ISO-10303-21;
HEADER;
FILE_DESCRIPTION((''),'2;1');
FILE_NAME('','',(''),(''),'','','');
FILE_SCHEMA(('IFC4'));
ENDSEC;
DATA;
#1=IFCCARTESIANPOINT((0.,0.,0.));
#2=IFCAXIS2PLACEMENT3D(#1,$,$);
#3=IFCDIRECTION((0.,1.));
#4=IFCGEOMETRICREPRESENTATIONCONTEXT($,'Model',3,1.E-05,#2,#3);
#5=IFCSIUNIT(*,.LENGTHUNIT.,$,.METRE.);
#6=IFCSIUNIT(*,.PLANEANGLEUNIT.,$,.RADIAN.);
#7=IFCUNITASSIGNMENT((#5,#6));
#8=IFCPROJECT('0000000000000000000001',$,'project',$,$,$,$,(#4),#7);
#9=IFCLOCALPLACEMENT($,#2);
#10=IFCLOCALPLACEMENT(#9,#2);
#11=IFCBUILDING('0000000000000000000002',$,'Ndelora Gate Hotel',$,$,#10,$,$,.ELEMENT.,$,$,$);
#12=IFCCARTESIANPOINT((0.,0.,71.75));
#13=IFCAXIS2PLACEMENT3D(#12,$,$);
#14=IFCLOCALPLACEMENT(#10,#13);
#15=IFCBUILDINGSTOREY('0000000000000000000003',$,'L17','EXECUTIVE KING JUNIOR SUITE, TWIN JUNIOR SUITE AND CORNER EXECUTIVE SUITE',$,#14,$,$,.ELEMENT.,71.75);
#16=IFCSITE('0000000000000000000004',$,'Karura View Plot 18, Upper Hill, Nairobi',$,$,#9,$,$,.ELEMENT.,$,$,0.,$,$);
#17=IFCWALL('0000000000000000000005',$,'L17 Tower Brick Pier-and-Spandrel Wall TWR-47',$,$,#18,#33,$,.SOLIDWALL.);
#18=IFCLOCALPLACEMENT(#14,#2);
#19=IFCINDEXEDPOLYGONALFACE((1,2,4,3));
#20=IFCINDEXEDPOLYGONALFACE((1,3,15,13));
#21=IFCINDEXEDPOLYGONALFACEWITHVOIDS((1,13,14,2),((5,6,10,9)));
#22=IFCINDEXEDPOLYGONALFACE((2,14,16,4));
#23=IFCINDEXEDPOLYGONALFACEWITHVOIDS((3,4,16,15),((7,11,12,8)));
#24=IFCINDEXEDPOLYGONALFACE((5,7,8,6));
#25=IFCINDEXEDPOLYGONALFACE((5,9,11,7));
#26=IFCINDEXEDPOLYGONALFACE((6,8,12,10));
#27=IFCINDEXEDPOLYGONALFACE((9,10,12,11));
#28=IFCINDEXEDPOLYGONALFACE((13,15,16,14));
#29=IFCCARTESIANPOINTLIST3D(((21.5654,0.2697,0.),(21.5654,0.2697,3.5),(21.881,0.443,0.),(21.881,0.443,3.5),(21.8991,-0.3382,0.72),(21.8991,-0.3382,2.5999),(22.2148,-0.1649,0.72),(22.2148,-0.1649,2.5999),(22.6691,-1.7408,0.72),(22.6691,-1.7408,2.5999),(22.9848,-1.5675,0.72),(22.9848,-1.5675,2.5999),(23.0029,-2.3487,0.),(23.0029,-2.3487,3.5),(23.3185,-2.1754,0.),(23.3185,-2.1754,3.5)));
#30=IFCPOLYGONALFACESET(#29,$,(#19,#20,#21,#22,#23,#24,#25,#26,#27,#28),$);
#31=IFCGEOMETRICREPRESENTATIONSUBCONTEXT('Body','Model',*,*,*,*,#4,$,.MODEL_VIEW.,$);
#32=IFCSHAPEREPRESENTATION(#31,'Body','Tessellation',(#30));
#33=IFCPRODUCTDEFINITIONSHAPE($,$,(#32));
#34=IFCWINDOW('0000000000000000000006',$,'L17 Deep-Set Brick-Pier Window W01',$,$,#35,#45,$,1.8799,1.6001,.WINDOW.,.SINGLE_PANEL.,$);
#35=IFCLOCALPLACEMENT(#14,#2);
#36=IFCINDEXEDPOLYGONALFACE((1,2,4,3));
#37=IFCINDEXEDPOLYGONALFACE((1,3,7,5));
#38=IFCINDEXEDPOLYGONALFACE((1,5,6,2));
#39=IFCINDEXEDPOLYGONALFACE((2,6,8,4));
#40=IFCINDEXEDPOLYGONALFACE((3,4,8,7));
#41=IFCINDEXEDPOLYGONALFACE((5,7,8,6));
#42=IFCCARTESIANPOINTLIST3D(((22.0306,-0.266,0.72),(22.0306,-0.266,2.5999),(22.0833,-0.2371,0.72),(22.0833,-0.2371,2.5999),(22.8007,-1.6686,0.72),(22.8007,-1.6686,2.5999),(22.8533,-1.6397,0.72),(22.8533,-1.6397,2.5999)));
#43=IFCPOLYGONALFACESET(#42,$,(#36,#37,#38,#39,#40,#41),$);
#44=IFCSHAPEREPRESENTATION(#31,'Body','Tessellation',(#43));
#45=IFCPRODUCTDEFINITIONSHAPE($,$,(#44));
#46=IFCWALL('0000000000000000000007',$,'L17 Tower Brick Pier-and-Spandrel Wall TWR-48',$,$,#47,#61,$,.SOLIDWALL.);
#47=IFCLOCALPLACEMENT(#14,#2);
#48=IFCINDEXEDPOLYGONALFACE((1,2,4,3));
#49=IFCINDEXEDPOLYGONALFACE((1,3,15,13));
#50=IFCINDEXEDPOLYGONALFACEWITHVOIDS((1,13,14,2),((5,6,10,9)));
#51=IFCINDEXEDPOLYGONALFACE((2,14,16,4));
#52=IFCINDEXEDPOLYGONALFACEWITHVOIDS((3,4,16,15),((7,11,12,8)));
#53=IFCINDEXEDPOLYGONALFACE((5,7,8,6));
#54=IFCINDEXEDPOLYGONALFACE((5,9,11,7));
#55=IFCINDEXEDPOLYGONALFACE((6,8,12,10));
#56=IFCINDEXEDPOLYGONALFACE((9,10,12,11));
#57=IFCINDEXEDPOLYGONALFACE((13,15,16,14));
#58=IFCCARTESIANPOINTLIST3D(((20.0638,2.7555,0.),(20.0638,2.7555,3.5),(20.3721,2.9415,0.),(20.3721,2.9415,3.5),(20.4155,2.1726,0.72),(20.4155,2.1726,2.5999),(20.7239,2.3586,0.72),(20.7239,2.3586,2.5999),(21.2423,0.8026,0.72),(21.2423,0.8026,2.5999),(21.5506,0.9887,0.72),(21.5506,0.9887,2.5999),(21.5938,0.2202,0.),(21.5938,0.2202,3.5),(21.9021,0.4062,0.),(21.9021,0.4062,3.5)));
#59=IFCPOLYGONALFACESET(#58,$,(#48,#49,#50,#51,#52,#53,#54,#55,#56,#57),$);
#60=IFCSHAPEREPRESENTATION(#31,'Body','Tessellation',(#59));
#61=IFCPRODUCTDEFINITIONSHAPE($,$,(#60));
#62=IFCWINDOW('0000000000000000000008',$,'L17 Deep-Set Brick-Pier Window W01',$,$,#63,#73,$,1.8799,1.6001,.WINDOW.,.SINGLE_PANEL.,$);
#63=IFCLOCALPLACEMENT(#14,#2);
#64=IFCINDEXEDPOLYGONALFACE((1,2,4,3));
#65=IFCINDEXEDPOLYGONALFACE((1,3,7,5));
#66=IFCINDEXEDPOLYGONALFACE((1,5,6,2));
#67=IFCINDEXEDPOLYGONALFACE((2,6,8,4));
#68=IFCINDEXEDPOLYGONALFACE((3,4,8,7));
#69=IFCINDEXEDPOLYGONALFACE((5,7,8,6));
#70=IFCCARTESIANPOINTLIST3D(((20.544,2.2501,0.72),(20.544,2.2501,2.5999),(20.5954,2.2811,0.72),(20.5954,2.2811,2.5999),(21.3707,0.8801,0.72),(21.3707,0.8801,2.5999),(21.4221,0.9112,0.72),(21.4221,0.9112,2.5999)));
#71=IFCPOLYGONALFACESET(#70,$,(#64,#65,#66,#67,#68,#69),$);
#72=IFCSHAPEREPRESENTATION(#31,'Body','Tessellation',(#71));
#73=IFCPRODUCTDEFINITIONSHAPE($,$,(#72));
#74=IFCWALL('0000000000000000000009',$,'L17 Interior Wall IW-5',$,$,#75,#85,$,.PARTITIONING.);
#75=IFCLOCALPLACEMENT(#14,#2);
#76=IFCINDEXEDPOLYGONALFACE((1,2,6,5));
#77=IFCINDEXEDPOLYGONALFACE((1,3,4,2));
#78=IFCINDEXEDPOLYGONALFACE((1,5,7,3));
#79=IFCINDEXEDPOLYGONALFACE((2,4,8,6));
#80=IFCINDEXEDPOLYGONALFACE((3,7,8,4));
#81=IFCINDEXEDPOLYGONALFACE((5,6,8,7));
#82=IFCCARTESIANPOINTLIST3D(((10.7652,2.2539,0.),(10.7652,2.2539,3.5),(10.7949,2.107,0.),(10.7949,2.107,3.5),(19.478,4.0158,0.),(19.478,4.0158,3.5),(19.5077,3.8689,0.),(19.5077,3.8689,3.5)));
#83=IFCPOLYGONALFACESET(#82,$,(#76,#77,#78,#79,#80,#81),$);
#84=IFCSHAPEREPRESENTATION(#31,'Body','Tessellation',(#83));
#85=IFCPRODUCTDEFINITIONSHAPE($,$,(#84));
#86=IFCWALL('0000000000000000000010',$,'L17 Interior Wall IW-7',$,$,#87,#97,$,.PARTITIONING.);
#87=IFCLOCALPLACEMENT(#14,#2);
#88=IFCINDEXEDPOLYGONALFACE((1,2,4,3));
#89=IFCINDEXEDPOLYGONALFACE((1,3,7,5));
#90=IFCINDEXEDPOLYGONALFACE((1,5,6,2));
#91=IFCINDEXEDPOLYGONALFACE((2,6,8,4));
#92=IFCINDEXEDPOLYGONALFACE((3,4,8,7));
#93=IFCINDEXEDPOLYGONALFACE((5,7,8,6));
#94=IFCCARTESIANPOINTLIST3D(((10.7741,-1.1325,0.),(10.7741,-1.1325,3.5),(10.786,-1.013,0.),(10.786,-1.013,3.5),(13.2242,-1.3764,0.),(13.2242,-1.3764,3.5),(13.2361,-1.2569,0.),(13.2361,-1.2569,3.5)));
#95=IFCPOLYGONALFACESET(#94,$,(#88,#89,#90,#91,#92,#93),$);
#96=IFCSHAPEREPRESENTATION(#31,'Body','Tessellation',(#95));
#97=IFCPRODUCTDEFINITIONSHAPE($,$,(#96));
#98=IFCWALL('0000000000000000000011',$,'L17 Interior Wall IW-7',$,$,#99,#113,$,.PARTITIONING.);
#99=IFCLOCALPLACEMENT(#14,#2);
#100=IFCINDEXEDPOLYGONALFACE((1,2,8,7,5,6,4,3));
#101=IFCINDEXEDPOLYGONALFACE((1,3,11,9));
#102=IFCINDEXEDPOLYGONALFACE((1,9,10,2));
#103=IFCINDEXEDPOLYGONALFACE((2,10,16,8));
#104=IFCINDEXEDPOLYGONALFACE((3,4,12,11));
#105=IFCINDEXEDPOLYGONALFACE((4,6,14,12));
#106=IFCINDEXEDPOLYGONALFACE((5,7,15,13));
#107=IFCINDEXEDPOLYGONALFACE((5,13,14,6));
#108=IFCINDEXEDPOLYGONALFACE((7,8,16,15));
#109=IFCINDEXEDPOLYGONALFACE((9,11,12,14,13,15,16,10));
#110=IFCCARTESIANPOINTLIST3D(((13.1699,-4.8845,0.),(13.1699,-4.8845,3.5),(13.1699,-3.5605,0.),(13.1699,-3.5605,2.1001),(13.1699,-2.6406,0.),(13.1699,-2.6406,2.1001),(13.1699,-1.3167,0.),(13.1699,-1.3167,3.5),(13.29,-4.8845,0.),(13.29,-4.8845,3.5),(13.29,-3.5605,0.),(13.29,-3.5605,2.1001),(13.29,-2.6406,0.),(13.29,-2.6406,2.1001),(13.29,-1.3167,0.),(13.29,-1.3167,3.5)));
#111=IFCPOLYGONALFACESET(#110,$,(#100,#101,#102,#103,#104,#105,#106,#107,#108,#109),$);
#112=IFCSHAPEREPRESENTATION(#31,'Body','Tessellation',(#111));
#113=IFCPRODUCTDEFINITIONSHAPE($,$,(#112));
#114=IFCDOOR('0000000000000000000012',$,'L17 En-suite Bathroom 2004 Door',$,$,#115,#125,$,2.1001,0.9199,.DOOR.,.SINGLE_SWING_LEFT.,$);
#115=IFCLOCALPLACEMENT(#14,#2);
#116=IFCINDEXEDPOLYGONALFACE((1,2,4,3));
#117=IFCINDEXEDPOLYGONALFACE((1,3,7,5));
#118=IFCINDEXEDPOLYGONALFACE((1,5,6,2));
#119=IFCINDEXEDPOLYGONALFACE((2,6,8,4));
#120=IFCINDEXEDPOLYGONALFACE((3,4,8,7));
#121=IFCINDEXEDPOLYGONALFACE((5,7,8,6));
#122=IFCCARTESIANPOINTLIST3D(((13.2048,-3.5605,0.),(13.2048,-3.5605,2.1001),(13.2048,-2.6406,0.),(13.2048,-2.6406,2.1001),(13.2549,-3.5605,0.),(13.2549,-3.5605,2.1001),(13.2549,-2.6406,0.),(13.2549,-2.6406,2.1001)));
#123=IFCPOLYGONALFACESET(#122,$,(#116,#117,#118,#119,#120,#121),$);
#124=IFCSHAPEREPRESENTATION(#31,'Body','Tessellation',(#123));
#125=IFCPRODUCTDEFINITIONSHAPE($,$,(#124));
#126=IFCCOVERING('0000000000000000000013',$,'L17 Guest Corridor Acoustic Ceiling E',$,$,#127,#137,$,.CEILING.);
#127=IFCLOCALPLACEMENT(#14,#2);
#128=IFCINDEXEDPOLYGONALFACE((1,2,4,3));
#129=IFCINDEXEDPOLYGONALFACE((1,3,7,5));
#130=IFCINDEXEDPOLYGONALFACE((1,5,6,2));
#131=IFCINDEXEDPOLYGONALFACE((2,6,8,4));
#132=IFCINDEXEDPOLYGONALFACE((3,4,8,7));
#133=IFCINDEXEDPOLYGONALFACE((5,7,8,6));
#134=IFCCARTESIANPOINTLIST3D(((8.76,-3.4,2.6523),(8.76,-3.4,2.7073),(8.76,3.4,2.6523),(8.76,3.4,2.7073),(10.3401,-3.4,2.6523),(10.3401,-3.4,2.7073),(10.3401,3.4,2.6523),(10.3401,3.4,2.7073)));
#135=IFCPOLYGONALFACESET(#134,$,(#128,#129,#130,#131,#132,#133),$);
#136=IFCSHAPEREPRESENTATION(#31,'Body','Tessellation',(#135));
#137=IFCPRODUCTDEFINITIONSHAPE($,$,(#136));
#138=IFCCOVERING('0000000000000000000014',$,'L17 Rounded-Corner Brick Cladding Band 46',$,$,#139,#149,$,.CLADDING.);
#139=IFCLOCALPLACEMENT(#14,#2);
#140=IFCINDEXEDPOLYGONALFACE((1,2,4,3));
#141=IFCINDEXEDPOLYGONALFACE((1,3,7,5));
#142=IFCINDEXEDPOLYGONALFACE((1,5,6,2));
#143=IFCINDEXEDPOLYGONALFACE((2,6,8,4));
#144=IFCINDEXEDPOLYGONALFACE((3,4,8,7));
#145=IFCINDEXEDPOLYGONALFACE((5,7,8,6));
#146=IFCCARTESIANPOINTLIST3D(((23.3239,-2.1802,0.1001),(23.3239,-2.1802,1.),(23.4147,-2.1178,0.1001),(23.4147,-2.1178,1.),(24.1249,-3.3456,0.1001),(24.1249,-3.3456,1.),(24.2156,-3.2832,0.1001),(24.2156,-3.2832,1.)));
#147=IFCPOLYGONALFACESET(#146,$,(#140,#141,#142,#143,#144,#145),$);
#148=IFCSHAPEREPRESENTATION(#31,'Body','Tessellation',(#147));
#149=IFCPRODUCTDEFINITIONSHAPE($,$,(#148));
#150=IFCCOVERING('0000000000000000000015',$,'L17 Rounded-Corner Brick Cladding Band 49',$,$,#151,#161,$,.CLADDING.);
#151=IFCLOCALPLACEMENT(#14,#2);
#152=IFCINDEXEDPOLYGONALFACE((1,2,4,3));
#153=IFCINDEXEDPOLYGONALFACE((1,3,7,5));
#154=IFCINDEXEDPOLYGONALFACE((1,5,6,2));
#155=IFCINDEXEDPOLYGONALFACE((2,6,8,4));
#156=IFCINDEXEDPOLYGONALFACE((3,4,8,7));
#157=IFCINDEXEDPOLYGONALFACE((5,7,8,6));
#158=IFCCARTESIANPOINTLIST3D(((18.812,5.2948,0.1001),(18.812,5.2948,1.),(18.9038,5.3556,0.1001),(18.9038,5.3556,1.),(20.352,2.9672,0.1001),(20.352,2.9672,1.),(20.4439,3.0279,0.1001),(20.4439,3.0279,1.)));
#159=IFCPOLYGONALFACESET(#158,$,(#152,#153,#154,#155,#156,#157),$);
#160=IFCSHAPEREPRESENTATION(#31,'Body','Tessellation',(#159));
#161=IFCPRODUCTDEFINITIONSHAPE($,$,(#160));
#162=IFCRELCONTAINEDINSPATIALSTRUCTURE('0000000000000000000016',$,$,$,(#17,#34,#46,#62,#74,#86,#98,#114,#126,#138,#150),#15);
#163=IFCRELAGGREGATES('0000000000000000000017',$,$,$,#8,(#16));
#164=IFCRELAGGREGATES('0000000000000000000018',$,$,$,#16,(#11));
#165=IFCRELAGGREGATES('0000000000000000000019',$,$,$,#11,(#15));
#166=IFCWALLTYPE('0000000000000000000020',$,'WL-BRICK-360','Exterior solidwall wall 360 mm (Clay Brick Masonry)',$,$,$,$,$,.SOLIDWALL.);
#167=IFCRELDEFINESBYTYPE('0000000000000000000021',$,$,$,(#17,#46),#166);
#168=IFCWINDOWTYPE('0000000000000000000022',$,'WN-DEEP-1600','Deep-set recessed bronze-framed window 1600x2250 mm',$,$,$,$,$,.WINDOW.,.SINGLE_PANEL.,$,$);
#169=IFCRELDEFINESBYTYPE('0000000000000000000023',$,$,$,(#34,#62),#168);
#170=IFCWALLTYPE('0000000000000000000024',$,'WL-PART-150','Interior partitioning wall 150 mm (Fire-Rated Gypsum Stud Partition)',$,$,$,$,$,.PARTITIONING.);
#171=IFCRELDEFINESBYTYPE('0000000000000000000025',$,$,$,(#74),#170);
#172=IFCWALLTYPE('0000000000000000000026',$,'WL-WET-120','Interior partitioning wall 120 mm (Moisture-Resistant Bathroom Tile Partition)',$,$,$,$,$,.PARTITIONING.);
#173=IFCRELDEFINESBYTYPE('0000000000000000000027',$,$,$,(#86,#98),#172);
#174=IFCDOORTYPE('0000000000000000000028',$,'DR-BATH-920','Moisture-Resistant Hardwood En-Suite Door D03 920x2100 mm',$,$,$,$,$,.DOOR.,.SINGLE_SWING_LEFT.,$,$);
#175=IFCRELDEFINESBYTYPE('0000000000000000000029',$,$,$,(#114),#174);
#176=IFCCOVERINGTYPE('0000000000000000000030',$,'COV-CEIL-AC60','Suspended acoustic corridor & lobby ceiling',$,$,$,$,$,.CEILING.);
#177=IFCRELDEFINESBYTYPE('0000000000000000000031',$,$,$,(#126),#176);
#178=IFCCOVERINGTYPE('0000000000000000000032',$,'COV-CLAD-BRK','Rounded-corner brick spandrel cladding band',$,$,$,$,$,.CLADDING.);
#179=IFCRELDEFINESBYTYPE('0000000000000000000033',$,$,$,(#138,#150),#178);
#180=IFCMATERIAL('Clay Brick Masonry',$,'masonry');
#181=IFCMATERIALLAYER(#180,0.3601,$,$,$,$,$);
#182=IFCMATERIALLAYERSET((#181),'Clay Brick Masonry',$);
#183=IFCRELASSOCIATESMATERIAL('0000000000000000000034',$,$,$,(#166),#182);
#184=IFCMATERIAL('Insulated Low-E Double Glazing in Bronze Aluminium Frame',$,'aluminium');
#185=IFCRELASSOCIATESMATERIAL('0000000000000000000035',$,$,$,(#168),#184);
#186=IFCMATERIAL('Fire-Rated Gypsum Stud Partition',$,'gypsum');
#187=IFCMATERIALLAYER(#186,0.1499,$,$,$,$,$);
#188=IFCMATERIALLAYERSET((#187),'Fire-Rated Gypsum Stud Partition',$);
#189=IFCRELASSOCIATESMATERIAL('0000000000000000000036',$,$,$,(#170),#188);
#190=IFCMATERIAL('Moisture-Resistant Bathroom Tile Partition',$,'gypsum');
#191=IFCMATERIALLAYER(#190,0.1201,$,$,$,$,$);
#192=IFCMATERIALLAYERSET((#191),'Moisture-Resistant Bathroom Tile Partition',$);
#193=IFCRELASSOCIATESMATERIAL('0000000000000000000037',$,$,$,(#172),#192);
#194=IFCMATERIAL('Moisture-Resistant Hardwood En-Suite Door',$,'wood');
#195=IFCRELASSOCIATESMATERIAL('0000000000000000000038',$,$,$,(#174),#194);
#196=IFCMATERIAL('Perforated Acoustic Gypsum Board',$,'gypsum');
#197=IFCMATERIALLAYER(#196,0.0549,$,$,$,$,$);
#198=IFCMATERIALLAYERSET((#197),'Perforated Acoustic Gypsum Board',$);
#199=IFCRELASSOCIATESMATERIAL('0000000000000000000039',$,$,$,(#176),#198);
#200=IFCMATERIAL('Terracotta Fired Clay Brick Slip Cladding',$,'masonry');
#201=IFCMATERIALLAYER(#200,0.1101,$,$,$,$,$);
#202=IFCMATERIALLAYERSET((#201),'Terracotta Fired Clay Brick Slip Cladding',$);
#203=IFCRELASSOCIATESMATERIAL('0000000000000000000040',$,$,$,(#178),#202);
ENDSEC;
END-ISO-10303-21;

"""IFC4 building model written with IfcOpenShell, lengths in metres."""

from ifc_helpers import new_model, si_unit, direction, frame, frame_2d, origin, origin_2d, place, context, subcontext, project, spatial, rectangle, extrude, material, layer, layer_set, type_object, element, fill, save


model = new_model("IFC4")

# Units and contexts
model_context = context("Model", 3, precision=1e-05, world=origin(), true_north=direction((0.0, 1.0)))
body_context = subcontext(model_context, "Body", "Model", "MODEL_VIEW")
ifc_project = project(units=[si_unit("LENGTHUNIT", "METRE"), si_unit("PLANEANGLEUNIT", "RADIAN")], contexts=[model_context])

# Site, building, storey
site_placement = place(None, origin())
site = spatial("IfcSite", under=ifc_project, at=site_placement, Name="Karura View Plot 18, Upper Hill, Nairobi", CompositionType="ELEMENT", RefElevation=0.0)
building_placement = place(site_placement, origin())
building = spatial("IfcBuilding", under=site, at=building_placement, Name="Ndelora Gate Hotel", CompositionType="ELEMENT")
storey_placement = place(building_placement, frame((0.0, 0.0, 71.75)))
storey = spatial("IfcBuildingStorey", under=building, at=storey_placement, Name="L17", Description="EXECUTIVE KING JUNIOR SUITE, TWIN JUNIOR SUITE AND CORNER EXECUTIVE SUITE", CompositionType="ELEMENT", Elevation=71.75)

# Shared definitions
ifc_material_1 = material(Name="Clay Brick Masonry", Category="masonry")
ifc_layer_1 = layer(ifc_material_1, 0.3601)
ifc_layer_set_1 = layer_set([ifc_layer_1], Name="Clay Brick Masonry")
wall_type_1 = type_object("IfcWallType", Name="WL-BRICK-360", Description="Exterior solidwall wall 360 mm (Clay Brick Masonry)", PredefinedType="SOLIDWALL", material=ifc_layer_set_1)

# Walls, openings, windows
wall_1_placement = place(storey_placement, frame((21.7231, 0.3564, 0.0), z_axis=(0.0, 0.0, 1.0), x_axis=(0.481244, -0.876587, 0.0)))
wall_1 = element("IfcWall", 1, at=wall_1_placement, inside=storey, type_object=wall_type_1, Name="L17 Tower Brick Pier-and-Spandrel Wall TWR-47", PredefinedType="SOLIDWALL", context=body_context, shape_type="SweptSolid", body=[
    extrude(rectangle(XDim=2.9871, YDim=0.3601, at=frame_2d((1.4937, 0.0))), origin(), (0.0, 0.0, 1.0), 3.5),
])
opening_1_placement = place(wall_1_placement, frame((0.6936, 0.0, 0.72)))
opening_1 = element("IfcOpeningElement", 2, at=opening_1_placement, cuts=wall_1, PredefinedType="OPENING", context=body_context, shape_type="SweptSolid", body=[
    extrude(rectangle(XDim=1.6001, YDim=1.8799, at=frame_2d((0.8, 0.9399))), frame((0.0, 0.1899, 0.0), z_axis=(0.0, -1.0, 0.0), x_axis=(1.0, 0.0, 0.0)), (0.0, 0.0, 1.0), 0.3801),
])
ifc_material_2 = material(Name="Insulated Low-E Double Glazing in Bronze Aluminium Frame", Category="aluminium")
window_type = type_object("IfcWindowType", Name="WN-DEEP-1600", Description="Deep-set recessed bronze-framed window 1600x2250 mm", PartitioningType="SINGLE_PANEL", PredefinedType="WINDOW", material=ifc_material_2)
window_1_placement = place(opening_1_placement, origin())
window_1 = element("IfcWindow", 3, at=window_1_placement, inside=storey, type_object=window_type, Name="L17 Deep-Set Brick-Pier Window W01", OverallHeight=1.8799, OverallWidth=1.6001, PartitioningType="SINGLE_PANEL", PredefinedType="WINDOW", context=body_context, shape_type="SweptSolid", body=[
    extrude(rectangle(XDim=1.6001, YDim=1.8799, at=frame_2d((0.8, 0.9399))), frame((0.0, 0.03, 0.0), z_axis=(0.0, -1.0, 0.0), x_axis=(1.0, 0.0, 0.0)), (0.0, 0.0, 1.0), 0.0601),
])
fill(opening_1, window_1)
wall_2_placement = place(storey_placement, frame((20.218, 2.8484, 0.0), z_axis=(0.0, 0.0, 1.0), x_axis=(0.516676, -0.856181, 0.0)))
wall_2 = element("IfcWall", 4, at=wall_2_placement, inside=storey, type_object=wall_type_1, Name="L17 Tower Brick Pier-and-Spandrel Wall TWR-48", PredefinedType="SOLIDWALL", context=body_context, shape_type="SweptSolid", body=[
    extrude(rectangle(XDim=2.9612, YDim=0.3601, at=frame_2d((1.4805, 0.0))), origin(), (0.0, 0.0, 1.0), 3.5),
])
opening_2_placement = place(wall_2_placement, frame((0.6807, 0.0, 0.72)))
opening_2 = element("IfcOpeningElement", 5, at=opening_2_placement, cuts=wall_2, PredefinedType="OPENING", context=body_context, shape_type="SweptSolid", body=[
    extrude(rectangle(XDim=1.6001, YDim=1.8799, at=frame_2d((0.8, 0.9399))), frame((0.0, 0.1899, 0.0), z_axis=(0.0, -1.0, 0.0), x_axis=(1.0, 0.0, 0.0)), (0.0, 0.0, 1.0), 0.3801),
])
window_2_placement = place(opening_2_placement, origin())
window_2 = element("IfcWindow", 6, at=window_2_placement, inside=storey, type_object=window_type, Name="L17 Deep-Set Brick-Pier Window W01", OverallHeight=1.8799, OverallWidth=1.6001, PartitioningType="SINGLE_PANEL", PredefinedType="WINDOW", context=body_context, shape_type="SweptSolid", body=[
    extrude(rectangle(XDim=1.6001, YDim=1.8799, at=frame_2d((0.8, 0.9399))), frame((0.0, 0.03, 0.0), z_axis=(0.0, -1.0, 0.0), x_axis=(1.0, 0.0, 0.0)), (0.0, 0.0, 1.0), 0.0601),
])
fill(opening_2, window_2)

# Walls
ifc_material_3 = material(Name="Fire-Rated Gypsum Stud Partition", Category="gypsum")
ifc_layer_2 = layer(ifc_material_3, 0.1499)
ifc_layer_set_2 = layer_set([ifc_layer_2], Name="Fire-Rated Gypsum Stud Partition")
wall_type_2 = type_object("IfcWallType", Name="WL-PART-150", Description="Interior partitioning wall 150 mm (Fire-Rated Gypsum Stud Partition)", PredefinedType="PARTITIONING", material=ifc_layer_set_2)
wall_3_placement = place(storey_placement, frame((10.78, 2.1804, 0.0), z_axis=(0.0, 0.0, 1.0), x_axis=(0.980159, 0.198213, 0.0)))
element("IfcWall", 7, at=wall_3_placement, inside=storey, type_object=wall_type_2, Name="L17 Interior Wall IW-5", PredefinedType="PARTITIONING", context=body_context, shape_type="SweptSolid", body=[
    extrude(rectangle(XDim=8.8892, YDim=0.1499, at=frame_2d((4.4446, 0.0))), origin(), (0.0, 0.0, 1.0), 3.5),
])
ifc_material_4 = material(Name="Moisture-Resistant Bathroom Tile Partition", Category="gypsum")
ifc_layer_3 = layer(ifc_material_4, 0.1201)
ifc_layer_set_3 = layer_set([ifc_layer_3], Name="Moisture-Resistant Bathroom Tile Partition")
wall_type_3 = type_object("IfcWallType", Name="WL-WET-120", Description="Interior partitioning wall 120 mm (Moisture-Resistant Bathroom Tile Partition)", PredefinedType="PARTITIONING", material=ifc_layer_set_3)
wall_4_placement = place(storey_placement, frame((13.23, -1.3167, 0.0), z_axis=(0.0, 0.0, 1.0), x_axis=(-0.995081, 0.099062, 0.0)))
element("IfcWall", 8, at=wall_4_placement, inside=storey, type_object=wall_type_3, Name="L17 Interior Wall IW-7", PredefinedType="PARTITIONING", context=body_context, shape_type="SweptSolid", body=[
    extrude(rectangle(XDim=2.4622, YDim=0.1201, at=frame_2d((1.231, 0.0))), origin(), (0.0, 0.0, 1.0), 3.5),
])

# Wall, opening, door
wall_5_placement = place(storey_placement, frame((13.23, -1.3167, 0.0), z_axis=(0.0, 0.0, 1.0), x_axis=(0.0, -1.0, 0.0)))
wall_5 = element("IfcWall", 9, at=wall_5_placement, inside=storey, type_object=wall_type_3, Name="L17 Interior Wall IW-7", PredefinedType="PARTITIONING", context=body_context, shape_type="SweptSolid", body=[
    extrude(rectangle(XDim=3.5679, YDim=0.1201, at=frame_2d((1.7839, 0.0))), origin(), (0.0, 0.0, 1.0), 3.5),
])
opening_3_placement = place(wall_5_placement, frame((1.324, 0.0, 0.0)))
opening_3 = element("IfcOpeningElement", 10, at=opening_3_placement, cuts=wall_5, PredefinedType="OPENING", context=body_context, shape_type="SweptSolid", body=[
    extrude(rectangle(XDim=0.9199, YDim=2.1001, at=frame_2d((0.46, 1.05))), frame((0.0, 0.0701, 0.0), z_axis=(0.0, -1.0, 0.0), x_axis=(1.0, 0.0, 0.0)), (0.0, 0.0, 1.0), 0.1401),
])
ifc_material_5 = material(Name="Moisture-Resistant Hardwood En-Suite Door", Category="wood")
door_type_1 = type_object("IfcDoorType", Name="DR-BATH-920", Description="Moisture-Resistant Hardwood En-Suite Door D03 920x2100 mm", OperationType="SINGLE_SWING_LEFT", PredefinedType="DOOR", material=ifc_material_5)
door_1_placement = place(opening_3_placement, origin())
door_1 = element("IfcDoor", 11, at=door_1_placement, inside=storey, type_object=door_type_1, Name="L17 En-suite Bathroom 2004 Door", OperationType="SINGLE_SWING_LEFT", OverallHeight=2.1001, OverallWidth=0.9199, PredefinedType="DOOR", context=body_context, shape_type="SweptSolid", body=[
    extrude(rectangle(XDim=0.9199, YDim=2.1001, at=frame_2d((0.46, 1.05))), frame((0.0, 0.0249, 0.0), z_axis=(0.0, -1.0, 0.0), x_axis=(1.0, 0.0, 0.0)), (0.0, 0.0, 1.0), 0.05),
])
fill(opening_3, door_1)

# Coverings
ifc_material_6 = material(Name="Perforated Acoustic Gypsum Board", Category="gypsum")
ifc_layer_4 = layer(ifc_material_6, 0.0549)
ifc_layer_set_4 = layer_set([ifc_layer_4], Name="Perforated Acoustic Gypsum Board")
covering_type_1 = type_object("IfcCoveringType", Name="COV-CEIL-AC60", Description="Suspended acoustic corridor & lobby ceiling", PredefinedType="CEILING", material=ifc_layer_set_4)
covering_1_placement = place(storey_placement, frame((9.55, 0.0, 2.6523), z_axis=(0.0, 0.0, 1.0), x_axis=(1.0, 0.0, 0.0)))
element("IfcCovering", 12, at=covering_1_placement, inside=storey, type_object=covering_type_1, Name="L17 Guest Corridor Acoustic Ceiling E", PredefinedType="CEILING", context=body_context, shape_type="SweptSolid", body=[
    extrude(rectangle(XDim=1.5801, YDim=6.8, at=origin_2d()), origin(), (0.0, 0.0, 1.0), 0.0549),
])
ifc_material_7 = material(Name="Terracotta Fired Clay Brick Slip Cladding", Category="masonry")
ifc_layer_5 = layer(ifc_material_7, 0.1101)
ifc_layer_set_5 = layer_set([ifc_layer_5], Name="Terracotta Fired Clay Brick Slip Cladding")
covering_type_2 = type_object("IfcCoveringType", Name="COV-CLAD-BRK", Description="Rounded-corner brick spandrel cladding band", PredefinedType="CLADDING", material=ifc_layer_set_5)
covering_2_placement = place(storey_placement, frame((23.7698, -2.7317, 0.1001), z_axis=(0.0, 0.0, 1.0), x_axis=(-0.566406, 0.824126, 0.0)))
element("IfcCovering", 13, at=covering_2_placement, inside=storey, type_object=covering_type_2, Name="L17 Rounded-Corner Brick Cladding Band 46", PredefinedType="CLADDING", context=body_context, shape_type="SweptSolid", body=[
    extrude(rectangle(XDim=1.4141, YDim=0.1101, at=origin_2d()), origin(), (0.0, 0.0, 1.0), 0.8999),
])
covering_3_placement = place(storey_placement, frame((19.6279, 4.1614, 0.1001), z_axis=(0.0, 0.0, 1.0), x_axis=(-0.551791, 0.833982, 0.0)))
element("IfcCovering", 14, at=covering_3_placement, inside=storey, type_object=covering_type_2, Name="L17 Rounded-Corner Brick Cladding Band 49", PredefinedType="CLADDING", context=body_context, shape_type="SweptSolid", body=[
    extrude(rectangle(XDim=2.791, YDim=0.1101, at=origin_2d()), origin(), (0.0, 0.0, 1.0), 0.8999),
])

save(model, "model.ifc")
